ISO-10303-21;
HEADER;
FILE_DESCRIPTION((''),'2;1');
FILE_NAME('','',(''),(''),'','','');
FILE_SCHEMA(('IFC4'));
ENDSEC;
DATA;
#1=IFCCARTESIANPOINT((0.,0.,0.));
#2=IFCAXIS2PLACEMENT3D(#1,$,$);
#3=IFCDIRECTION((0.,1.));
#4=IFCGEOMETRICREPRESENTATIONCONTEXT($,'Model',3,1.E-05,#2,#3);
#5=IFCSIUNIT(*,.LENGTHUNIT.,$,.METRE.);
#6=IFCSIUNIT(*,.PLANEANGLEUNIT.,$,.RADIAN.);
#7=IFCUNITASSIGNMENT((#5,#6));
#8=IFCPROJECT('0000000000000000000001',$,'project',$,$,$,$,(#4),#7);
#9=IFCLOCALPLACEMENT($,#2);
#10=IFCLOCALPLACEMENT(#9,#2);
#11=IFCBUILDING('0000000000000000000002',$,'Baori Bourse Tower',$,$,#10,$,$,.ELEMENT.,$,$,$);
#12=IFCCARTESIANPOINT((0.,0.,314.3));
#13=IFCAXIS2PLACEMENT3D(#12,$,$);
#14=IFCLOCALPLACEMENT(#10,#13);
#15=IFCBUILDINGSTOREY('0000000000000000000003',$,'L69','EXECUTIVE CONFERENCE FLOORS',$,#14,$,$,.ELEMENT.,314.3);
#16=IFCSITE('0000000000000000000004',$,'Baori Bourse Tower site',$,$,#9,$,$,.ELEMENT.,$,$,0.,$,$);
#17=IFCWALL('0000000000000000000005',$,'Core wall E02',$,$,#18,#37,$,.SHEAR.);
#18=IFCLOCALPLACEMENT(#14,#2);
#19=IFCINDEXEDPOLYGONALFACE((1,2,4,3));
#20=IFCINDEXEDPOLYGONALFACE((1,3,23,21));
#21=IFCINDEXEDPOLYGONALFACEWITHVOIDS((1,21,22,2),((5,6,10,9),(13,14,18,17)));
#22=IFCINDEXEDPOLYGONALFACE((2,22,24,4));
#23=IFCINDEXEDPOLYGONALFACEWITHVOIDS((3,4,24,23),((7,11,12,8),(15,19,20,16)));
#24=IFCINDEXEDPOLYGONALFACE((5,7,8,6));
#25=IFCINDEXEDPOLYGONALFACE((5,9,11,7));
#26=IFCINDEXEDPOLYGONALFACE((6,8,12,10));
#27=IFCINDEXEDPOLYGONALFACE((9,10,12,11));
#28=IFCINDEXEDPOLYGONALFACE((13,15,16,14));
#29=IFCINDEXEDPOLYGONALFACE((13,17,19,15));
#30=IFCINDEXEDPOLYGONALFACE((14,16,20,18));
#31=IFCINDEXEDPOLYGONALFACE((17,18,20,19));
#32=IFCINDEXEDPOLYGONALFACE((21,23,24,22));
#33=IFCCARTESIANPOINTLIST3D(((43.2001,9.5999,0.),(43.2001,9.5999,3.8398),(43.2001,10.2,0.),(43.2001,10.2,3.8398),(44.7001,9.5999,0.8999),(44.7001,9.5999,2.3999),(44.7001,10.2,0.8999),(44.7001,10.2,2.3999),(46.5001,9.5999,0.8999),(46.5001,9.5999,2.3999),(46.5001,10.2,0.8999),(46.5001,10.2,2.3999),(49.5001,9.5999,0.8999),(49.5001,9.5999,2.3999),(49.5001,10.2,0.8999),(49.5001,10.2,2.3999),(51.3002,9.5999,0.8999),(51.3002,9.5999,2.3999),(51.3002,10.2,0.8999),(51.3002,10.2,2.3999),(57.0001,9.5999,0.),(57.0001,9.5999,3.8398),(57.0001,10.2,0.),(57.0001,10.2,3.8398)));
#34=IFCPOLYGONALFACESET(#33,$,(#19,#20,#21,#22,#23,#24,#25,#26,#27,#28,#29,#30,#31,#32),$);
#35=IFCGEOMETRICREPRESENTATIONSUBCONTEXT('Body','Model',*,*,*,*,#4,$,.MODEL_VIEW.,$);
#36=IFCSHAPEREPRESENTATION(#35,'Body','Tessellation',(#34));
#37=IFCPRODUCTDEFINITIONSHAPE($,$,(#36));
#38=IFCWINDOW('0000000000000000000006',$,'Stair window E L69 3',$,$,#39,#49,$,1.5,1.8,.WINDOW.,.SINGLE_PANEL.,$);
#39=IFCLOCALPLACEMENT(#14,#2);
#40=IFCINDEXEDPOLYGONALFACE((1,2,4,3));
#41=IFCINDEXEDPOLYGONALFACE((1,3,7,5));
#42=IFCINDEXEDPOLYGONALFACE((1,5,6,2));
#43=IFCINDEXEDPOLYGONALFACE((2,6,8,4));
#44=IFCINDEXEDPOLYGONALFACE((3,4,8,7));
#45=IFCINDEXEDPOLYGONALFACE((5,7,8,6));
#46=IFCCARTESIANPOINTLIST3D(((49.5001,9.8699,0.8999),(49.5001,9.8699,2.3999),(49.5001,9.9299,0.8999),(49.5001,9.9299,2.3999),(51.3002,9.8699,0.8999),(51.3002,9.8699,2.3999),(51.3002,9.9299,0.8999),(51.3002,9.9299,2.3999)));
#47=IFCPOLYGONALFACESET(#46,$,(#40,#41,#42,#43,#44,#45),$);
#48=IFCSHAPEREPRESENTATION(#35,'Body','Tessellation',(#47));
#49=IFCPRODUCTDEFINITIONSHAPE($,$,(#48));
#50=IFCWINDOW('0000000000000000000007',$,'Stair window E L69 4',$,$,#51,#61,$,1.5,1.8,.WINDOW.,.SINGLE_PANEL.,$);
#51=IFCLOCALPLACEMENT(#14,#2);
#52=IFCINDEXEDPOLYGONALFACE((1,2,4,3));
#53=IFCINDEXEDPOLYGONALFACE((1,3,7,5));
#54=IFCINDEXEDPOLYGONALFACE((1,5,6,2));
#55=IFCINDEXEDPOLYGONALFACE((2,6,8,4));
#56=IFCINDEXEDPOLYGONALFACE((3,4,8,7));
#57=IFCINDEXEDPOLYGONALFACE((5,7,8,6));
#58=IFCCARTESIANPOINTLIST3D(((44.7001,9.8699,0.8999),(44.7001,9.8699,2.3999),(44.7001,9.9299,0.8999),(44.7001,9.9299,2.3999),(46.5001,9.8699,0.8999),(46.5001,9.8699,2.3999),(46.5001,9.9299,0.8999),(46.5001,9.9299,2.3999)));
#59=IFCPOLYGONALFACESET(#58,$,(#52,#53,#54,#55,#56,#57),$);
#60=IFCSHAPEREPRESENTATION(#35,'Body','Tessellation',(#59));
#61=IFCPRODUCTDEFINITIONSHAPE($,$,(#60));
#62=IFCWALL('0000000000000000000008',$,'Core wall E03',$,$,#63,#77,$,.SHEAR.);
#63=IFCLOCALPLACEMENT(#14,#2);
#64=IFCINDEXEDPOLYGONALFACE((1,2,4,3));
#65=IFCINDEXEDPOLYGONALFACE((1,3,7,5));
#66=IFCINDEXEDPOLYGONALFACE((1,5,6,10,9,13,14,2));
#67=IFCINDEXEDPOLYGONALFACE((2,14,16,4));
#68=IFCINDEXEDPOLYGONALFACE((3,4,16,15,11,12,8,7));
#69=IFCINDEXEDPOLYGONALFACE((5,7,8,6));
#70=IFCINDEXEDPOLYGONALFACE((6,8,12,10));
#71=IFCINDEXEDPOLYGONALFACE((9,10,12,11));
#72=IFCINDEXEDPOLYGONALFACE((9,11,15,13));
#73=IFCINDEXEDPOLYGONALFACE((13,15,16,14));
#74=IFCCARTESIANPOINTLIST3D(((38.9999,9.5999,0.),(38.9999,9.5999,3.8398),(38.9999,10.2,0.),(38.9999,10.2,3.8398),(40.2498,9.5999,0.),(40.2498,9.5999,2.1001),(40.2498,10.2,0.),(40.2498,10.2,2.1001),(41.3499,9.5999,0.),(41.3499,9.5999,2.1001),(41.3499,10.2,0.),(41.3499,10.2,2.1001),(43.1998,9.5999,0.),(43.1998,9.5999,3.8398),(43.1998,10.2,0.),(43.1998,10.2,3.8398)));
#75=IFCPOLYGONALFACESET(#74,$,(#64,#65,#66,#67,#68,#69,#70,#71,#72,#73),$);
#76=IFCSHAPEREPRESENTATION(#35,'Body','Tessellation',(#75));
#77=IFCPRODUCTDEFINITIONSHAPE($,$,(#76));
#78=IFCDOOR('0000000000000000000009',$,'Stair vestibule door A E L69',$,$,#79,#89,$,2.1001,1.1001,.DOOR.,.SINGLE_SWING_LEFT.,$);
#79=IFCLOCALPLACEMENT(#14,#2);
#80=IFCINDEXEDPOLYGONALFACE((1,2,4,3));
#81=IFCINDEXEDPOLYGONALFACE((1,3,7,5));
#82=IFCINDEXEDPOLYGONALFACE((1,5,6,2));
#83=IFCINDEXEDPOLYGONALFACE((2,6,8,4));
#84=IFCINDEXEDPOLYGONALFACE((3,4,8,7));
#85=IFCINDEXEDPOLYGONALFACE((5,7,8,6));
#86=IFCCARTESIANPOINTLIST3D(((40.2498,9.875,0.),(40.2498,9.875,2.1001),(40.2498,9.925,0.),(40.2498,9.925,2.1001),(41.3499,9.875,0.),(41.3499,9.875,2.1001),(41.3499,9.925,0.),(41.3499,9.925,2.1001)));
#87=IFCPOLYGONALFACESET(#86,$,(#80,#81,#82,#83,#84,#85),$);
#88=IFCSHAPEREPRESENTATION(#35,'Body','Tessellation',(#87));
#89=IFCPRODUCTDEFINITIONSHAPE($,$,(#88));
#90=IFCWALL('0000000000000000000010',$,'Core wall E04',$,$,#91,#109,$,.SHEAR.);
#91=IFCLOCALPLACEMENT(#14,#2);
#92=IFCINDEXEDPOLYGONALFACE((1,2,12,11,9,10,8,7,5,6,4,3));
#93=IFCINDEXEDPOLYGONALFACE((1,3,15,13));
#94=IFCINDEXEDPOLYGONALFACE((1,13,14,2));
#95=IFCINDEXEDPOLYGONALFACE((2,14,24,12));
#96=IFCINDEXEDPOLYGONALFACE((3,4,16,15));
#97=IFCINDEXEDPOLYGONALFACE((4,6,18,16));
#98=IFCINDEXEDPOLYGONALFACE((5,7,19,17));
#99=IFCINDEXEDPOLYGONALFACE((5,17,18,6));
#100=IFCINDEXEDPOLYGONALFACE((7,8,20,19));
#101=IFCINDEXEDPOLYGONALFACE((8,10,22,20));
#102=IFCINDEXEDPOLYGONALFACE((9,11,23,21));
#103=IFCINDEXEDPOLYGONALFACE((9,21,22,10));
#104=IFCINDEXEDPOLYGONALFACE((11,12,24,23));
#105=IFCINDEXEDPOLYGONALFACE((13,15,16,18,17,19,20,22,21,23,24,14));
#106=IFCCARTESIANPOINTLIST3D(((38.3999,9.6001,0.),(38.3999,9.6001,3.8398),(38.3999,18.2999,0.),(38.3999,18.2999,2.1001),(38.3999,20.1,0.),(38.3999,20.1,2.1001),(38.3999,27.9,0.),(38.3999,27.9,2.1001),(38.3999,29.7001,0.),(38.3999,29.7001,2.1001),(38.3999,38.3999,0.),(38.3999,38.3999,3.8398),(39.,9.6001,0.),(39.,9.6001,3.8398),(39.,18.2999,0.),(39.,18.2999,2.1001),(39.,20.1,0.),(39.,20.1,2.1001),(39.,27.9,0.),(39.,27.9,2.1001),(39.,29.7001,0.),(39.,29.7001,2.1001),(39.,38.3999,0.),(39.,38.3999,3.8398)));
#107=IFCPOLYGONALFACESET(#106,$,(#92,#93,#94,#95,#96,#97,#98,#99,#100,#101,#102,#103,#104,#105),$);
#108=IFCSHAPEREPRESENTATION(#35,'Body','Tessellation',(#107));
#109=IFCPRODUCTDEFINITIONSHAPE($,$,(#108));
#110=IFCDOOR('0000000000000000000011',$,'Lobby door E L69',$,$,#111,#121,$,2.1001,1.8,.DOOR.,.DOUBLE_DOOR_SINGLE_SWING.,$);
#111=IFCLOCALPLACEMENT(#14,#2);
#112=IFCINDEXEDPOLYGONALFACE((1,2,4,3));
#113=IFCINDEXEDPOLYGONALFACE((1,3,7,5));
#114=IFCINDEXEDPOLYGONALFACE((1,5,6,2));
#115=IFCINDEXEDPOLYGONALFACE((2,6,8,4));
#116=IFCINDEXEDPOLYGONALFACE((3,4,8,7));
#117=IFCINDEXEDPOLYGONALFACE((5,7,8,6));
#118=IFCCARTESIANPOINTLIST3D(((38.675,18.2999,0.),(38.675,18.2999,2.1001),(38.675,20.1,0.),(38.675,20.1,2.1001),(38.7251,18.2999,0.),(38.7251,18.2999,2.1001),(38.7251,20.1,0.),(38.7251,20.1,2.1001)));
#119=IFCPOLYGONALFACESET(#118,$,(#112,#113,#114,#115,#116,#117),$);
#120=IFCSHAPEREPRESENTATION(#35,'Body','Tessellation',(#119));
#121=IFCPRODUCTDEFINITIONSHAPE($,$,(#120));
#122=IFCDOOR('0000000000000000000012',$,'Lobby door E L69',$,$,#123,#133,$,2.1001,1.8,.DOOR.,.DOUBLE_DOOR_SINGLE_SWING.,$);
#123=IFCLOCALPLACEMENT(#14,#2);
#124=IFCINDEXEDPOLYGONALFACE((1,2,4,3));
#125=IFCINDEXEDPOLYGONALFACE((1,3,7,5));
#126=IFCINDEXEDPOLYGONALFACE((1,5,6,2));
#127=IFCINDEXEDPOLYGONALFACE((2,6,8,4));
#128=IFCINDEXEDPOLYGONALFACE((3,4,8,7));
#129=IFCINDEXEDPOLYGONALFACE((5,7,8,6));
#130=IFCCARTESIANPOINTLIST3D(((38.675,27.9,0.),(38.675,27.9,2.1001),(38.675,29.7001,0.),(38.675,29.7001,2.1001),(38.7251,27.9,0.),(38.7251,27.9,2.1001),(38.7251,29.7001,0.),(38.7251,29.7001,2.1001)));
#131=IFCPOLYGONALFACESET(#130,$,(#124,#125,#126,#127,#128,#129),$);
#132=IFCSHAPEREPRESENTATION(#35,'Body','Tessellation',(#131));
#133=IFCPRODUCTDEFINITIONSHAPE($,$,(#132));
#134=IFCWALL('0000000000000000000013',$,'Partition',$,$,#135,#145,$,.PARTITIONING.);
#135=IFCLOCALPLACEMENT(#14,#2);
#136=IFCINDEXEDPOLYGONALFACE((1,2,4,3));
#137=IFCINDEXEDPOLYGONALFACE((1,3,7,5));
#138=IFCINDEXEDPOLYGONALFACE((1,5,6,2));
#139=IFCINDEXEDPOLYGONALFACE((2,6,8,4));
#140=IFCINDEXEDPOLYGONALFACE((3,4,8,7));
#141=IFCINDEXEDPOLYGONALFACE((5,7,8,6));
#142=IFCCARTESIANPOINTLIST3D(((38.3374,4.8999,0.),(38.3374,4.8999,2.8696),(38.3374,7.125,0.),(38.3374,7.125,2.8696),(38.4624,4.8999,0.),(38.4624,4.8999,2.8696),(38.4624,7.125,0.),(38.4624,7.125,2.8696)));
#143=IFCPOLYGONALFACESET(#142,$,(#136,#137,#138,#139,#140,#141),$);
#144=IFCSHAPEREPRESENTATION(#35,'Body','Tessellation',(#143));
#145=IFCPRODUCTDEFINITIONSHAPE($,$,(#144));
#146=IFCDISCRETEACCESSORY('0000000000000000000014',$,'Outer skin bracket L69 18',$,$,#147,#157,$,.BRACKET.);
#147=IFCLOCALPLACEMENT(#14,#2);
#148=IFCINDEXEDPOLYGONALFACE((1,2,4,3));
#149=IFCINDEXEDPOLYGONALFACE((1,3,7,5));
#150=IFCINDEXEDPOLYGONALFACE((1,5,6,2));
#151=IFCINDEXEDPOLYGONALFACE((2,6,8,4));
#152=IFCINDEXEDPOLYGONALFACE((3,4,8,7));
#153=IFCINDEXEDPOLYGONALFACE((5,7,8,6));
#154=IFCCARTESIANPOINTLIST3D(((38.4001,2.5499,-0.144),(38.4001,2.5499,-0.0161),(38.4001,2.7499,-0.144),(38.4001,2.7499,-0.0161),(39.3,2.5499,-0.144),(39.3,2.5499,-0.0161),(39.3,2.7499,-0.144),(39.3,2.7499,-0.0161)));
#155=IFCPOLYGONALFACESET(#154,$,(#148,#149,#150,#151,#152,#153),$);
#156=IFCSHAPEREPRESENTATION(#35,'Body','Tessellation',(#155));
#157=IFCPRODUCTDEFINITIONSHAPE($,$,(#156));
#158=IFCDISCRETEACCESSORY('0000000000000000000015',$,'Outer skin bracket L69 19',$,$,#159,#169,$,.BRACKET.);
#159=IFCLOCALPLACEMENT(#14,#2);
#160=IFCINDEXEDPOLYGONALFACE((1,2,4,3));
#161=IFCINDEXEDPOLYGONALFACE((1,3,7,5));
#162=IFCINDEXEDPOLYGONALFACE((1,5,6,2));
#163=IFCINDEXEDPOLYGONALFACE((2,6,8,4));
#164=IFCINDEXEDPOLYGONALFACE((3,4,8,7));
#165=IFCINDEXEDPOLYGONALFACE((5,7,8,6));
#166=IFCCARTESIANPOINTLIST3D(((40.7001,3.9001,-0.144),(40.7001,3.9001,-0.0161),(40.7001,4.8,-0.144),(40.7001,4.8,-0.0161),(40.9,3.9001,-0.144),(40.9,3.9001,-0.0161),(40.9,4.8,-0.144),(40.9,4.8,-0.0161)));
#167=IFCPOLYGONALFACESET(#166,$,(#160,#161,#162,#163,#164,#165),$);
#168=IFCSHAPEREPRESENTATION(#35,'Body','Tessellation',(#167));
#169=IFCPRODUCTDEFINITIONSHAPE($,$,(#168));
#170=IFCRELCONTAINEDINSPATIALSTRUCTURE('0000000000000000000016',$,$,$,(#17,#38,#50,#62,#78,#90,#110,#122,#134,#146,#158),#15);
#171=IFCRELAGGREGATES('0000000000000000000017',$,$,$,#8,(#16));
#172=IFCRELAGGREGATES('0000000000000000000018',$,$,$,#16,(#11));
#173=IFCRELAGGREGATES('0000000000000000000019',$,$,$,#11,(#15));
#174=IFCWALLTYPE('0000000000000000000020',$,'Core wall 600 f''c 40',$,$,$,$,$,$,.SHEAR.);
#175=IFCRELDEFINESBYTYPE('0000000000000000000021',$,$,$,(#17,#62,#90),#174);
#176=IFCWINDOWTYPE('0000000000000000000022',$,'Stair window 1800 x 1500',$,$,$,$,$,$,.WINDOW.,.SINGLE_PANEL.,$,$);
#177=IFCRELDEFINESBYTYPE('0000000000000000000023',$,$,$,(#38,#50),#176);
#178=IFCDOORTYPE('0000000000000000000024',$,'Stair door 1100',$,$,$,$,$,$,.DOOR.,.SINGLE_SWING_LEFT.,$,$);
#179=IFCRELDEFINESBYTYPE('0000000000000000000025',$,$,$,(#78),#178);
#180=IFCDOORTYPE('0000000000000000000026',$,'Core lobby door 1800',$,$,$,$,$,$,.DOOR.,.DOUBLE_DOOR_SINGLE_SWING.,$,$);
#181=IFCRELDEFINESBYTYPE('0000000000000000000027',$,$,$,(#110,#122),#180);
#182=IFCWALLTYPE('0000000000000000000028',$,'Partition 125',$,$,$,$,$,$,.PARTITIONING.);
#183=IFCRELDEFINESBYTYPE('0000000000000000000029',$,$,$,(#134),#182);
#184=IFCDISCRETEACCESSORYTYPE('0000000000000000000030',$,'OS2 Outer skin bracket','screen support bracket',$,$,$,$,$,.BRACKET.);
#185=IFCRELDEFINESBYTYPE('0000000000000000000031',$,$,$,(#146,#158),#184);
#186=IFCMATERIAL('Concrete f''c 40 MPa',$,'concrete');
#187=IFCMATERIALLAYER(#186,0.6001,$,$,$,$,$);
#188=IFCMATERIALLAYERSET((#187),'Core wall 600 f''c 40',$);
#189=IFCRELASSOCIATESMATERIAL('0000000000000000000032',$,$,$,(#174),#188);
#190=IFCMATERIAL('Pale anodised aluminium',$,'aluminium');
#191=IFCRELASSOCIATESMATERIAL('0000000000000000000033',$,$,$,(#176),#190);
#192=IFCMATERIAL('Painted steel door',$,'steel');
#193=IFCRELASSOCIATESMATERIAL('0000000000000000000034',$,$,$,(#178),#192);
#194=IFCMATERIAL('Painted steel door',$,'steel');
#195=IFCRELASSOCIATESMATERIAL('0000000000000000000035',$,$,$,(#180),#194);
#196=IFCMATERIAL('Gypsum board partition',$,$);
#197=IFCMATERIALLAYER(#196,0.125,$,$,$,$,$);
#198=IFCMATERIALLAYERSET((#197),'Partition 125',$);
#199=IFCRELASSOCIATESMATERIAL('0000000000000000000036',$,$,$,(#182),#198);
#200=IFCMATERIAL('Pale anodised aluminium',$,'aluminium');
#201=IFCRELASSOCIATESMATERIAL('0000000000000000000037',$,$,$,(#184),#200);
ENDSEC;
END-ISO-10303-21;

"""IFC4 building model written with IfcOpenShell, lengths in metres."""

from ifc_helpers import new_model, si_unit, direction, frame, frame_2d, origin, origin_2d, place, context, subcontext, project, spatial, rectangle, extrude, material, layer, layer_set, type_object, element, fill, save


model = new_model("IFC4")

# Units and contexts
model_context = context("Model", 3, precision=1e-05, world=origin(), true_north=direction((0.0, 1.0)))
body_context = subcontext(model_context, "Body", "Model", "MODEL_VIEW")
ifc_project = project(units=[si_unit("LENGTHUNIT", "METRE"), si_unit("PLANEANGLEUNIT", "RADIAN")], contexts=[model_context])

# Site, building, storey
site_placement = place(None, origin())
site = spatial("IfcSite", under=ifc_project, at=site_placement, Name="Baori Bourse Tower site", CompositionType="ELEMENT", RefElevation=0.0)
building_placement = place(site_placement, origin())
building = spatial("IfcBuilding", under=site, at=building_placement, Name="Baori Bourse Tower", CompositionType="ELEMENT")
storey_placement = place(building_placement, frame((0.0, 0.0, 314.3)))
storey = spatial("IfcBuildingStorey", under=building, at=storey_placement, Name="L69", Description="EXECUTIVE CONFERENCE FLOORS", CompositionType="ELEMENT", Elevation=314.3)

# Wall, openings, windows
ifc_material_1 = material(Name="Concrete f'c 40 MPa", Category="concrete")
ifc_layer_1 = layer(ifc_material_1, 0.6001)
ifc_layer_set_1 = layer_set([ifc_layer_1], Name="Core wall 600 f'c 40")
wall_type_1 = type_object("IfcWallType", Name="Core wall 600 f'c 40", PredefinedType="SHEAR", material=ifc_layer_set_1)
wall_1_placement = place(storey_placement, frame((57.0, 9.8999, 0.0), z_axis=(0.0, 0.0, 1.0), x_axis=(-1.0, 0.0, 0.0)))
wall_1 = element("IfcWall", 1, at=wall_1_placement, inside=storey, type_object=wall_type_1, Name="Core wall E02", PredefinedType="SHEAR", context=body_context, shape_type="SweptSolid", body=[
    extrude(rectangle(XDim=13.8, YDim=0.6001, at=frame_2d((6.8999, 0.0))), origin(), (0.0, 0.0, 1.0), 3.8398),
])
opening_1_placement = place(wall_1_placement, frame((5.7, 0.0, 0.8999)))
opening_1 = element("IfcOpeningElement", 2, at=opening_1_placement, cuts=wall_1, PredefinedType="OPENING", context=body_context, shape_type="SweptSolid", body=[
    extrude(rectangle(XDim=1.8, YDim=1.5, at=frame_2d((0.8999, 0.75))), frame((0.0, 0.3101, 0.0), z_axis=(0.0, -1.0, 0.0), x_axis=(1.0, 0.0, 0.0)), (0.0, 0.0, 1.0), 0.6201),
])
opening_2_placement = place(wall_1_placement, frame((10.5, 0.0, 0.8999)))
opening_2 = element("IfcOpeningElement", 3, at=opening_2_placement, cuts=wall_1, PredefinedType="OPENING", context=body_context, shape_type="SweptSolid", body=[
    extrude(rectangle(XDim=1.8, YDim=1.5, at=frame_2d((0.8999, 0.75))), frame((0.0, 0.3101, 0.0), z_axis=(0.0, -1.0, 0.0), x_axis=(1.0, 0.0, 0.0)), (0.0, 0.0, 1.0), 0.6201),
])
ifc_material_2 = material(Name="Pale anodised aluminium", Category="aluminium")
window_type = type_object("IfcWindowType", Name="Stair window 1800 x 1500", PartitioningType="SINGLE_PANEL", PredefinedType="WINDOW", material=ifc_material_2)
window_1_placement = place(opening_1_placement, origin())
window_1 = element("IfcWindow", 4, at=window_1_placement, inside=storey, type_object=window_type, Name="Stair window E L69 3", OverallHeight=1.5, OverallWidth=1.8, PartitioningType="SINGLE_PANEL", PredefinedType="WINDOW", context=body_context, shape_type="SweptSolid", body=[
    extrude(rectangle(XDim=1.8, YDim=1.5, at=frame_2d((0.8999, 0.75))), frame((0.0, 0.03, 0.0), z_axis=(0.0, -1.0, 0.0), x_axis=(1.0, 0.0, 0.0)), (0.0, 0.0, 1.0), 0.0601),
])
fill(opening_1, window_1)
window_2_placement = place(opening_2_placement, origin())
window_2 = element("IfcWindow", 5, at=window_2_placement, inside=storey, type_object=window_type, Name="Stair window E L69 4", OverallHeight=1.5, OverallWidth=1.8, PartitioningType="SINGLE_PANEL", PredefinedType="WINDOW", context=body_context, shape_type="SweptSolid", body=[
    extrude(rectangle(XDim=1.8, YDim=1.5, at=frame_2d((0.8999, 0.75))), frame((0.0, 0.03, 0.0), z_axis=(0.0, -1.0, 0.0), x_axis=(1.0, 0.0, 0.0)), (0.0, 0.0, 1.0), 0.0601),
])
fill(opening_2, window_2)

# Wall, opening, door
wall_2_placement = place(storey_placement, frame((43.2, 9.8999, 0.0), z_axis=(0.0, 0.0, 1.0), x_axis=(-1.0, 0.0, 0.0)))
wall_2 = element("IfcWall", 6, at=wall_2_placement, inside=storey, type_object=wall_type_1, Name="Core wall E03", PredefinedType="SHEAR", context=body_context, shape_type="SweptSolid", body=[
    extrude(rectangle(XDim=4.2, YDim=0.6001, at=frame_2d((2.1001, 0.0))), origin(), (0.0, 0.0, 1.0), 3.8398),
])
opening_3_placement = place(wall_2_placement, frame((1.8501, 0.0, 0.0)))
opening_3 = element("IfcOpeningElement", 7, at=opening_3_placement, cuts=wall_2, PredefinedType="OPENING", context=body_context, shape_type="SweptSolid", body=[
    extrude(rectangle(XDim=1.1001, YDim=2.1001, at=frame_2d((0.55, 1.05))), frame((0.0, 0.3101, 0.0), z_axis=(0.0, -1.0, 0.0), x_axis=(1.0, 0.0, 0.0)), (0.0, 0.0, 1.0), 0.6201),
])
ifc_material_3 = material(Name="Painted steel door", Category="steel")
door_type_1 = type_object("IfcDoorType", Name="Stair door 1100", OperationType="SINGLE_SWING_LEFT", PredefinedType="DOOR", material=ifc_material_3)
door_1_placement = place(opening_3_placement, origin())
door_1 = element("IfcDoor", 8, at=door_1_placement, inside=storey, type_object=door_type_1, Name="Stair vestibule door A E L69", OperationType="SINGLE_SWING_LEFT", OverallHeight=2.1001, OverallWidth=1.1001, PredefinedType="DOOR", context=body_context, shape_type="SweptSolid", body=[
    extrude(rectangle(XDim=1.1001, YDim=2.1001, at=frame_2d((0.55, 1.05))), frame((0.0, 0.0249, 0.0), z_axis=(0.0, -1.0, 0.0), x_axis=(1.0, 0.0, 0.0)), (0.0, 0.0, 1.0), 0.05),
])
fill(opening_3, door_1)

# Wall, openings, doors
wall_3_placement = place(storey_placement, frame((38.7, 9.6001, 0.0), z_axis=(0.0, 0.0, 1.0), x_axis=(0.0, 1.0, 0.0)))
wall_3 = element("IfcWall", 9, at=wall_3_placement, inside=storey, type_object=wall_type_1, Name="Core wall E04", PredefinedType="SHEAR", context=body_context, shape_type="SweptSolid", body=[
    extrude(rectangle(XDim=28.7998, YDim=0.6001, at=frame_2d((14.3999, 0.0))), origin(), (0.0, 0.0, 1.0), 3.8398),
])
opening_4_placement = place(wall_3_placement, frame((8.7, 0.0, 0.0)))
opening_4 = element("IfcOpeningElement", 10, at=opening_4_placement, cuts=wall_3, PredefinedType="OPENING", context=body_context, shape_type="SweptSolid", body=[
    extrude(rectangle(XDim=1.8, YDim=2.1001, at=frame_2d((0.8999, 1.05))), frame((0.0, 0.3101, 0.0), z_axis=(0.0, -1.0, 0.0), x_axis=(1.0, 0.0, 0.0)), (0.0, 0.0, 1.0), 0.6201),
])
opening_5_placement = place(wall_3_placement, frame((18.3, 0.0, 0.0)))
opening_5 = element("IfcOpeningElement", 11, at=opening_5_placement, cuts=wall_3, PredefinedType="OPENING", context=body_context, shape_type="SweptSolid", body=[
    extrude(rectangle(XDim=1.8, YDim=2.1001, at=frame_2d((0.8999, 1.05))), frame((0.0, 0.3101, 0.0), z_axis=(0.0, -1.0, 0.0), x_axis=(1.0, 0.0, 0.0)), (0.0, 0.0, 1.0), 0.6201),
])
ifc_material_4 = material(Name="Painted steel door", Category="steel")
door_type_2 = type_object("IfcDoorType", Name="Core lobby door 1800", OperationType="DOUBLE_DOOR_SINGLE_SWING", PredefinedType="DOOR", material=ifc_material_4)
door_2_placement = place(opening_4_placement, origin())
door_2 = element("IfcDoor", 12, at=door_2_placement, inside=storey, type_object=door_type_2, Name="Lobby door E L69", OperationType="DOUBLE_DOOR_SINGLE_SWING", OverallHeight=2.1001, OverallWidth=1.8, PredefinedType="DOOR", context=body_context, shape_type="SweptSolid", body=[
    extrude(rectangle(XDim=1.8, YDim=2.1001, at=frame_2d((0.8999, 1.05))), frame((0.0, 0.0249, 0.0), z_axis=(0.0, -1.0, 0.0), x_axis=(1.0, 0.0, 0.0)), (0.0, 0.0, 1.0), 0.05),
])
fill(opening_4, door_2)
door_3_placement = place(opening_5_placement, origin())
door_3 = element("IfcDoor", 13, at=door_3_placement, inside=storey, type_object=door_type_2, Name="Lobby door E L69", OperationType="DOUBLE_DOOR_SINGLE_SWING", OverallHeight=2.1001, OverallWidth=1.8, PredefinedType="DOOR", context=body_context, shape_type="SweptSolid", body=[
    extrude(rectangle(XDim=1.8, YDim=2.1001, at=frame_2d((0.8999, 1.05))), frame((0.0, 0.0249, 0.0), z_axis=(0.0, -1.0, 0.0), x_axis=(1.0, 0.0, 0.0)), (0.0, 0.0, 1.0), 0.05),
])
fill(opening_5, door_3)

# Wall
ifc_material_5 = material(Name="Gypsum board partition")
ifc_layer_2 = layer(ifc_material_5, 0.125)
ifc_layer_set_2 = layer_set([ifc_layer_2], Name="Partition 125")
wall_type_2 = type_object("IfcWallType", Name="Partition 125", PredefinedType="PARTITIONING", material=ifc_layer_set_2)
wall_4_placement = place(storey_placement, frame((38.3999, 4.8999, 0.0), z_axis=(0.0, 0.0, 1.0), x_axis=(0.0, 1.0, 0.0)))
element("IfcWall", 14, at=wall_4_placement, inside=storey, type_object=wall_type_2, Name="Partition", PredefinedType="PARTITIONING", context=body_context, shape_type="SweptSolid", body=[
    extrude(rectangle(XDim=2.2251, YDim=0.125, at=frame_2d((1.1125, 0.0))), origin(), (0.0, 0.0, 1.0), 2.8696),
])

# Discrete accessories
ifc_material_6 = material(Name="Pale anodised aluminium", Category="aluminium")
discrete_accessory_type = type_object("IfcDiscreteAccessoryType", Name="OS2 Outer skin bracket", Description="screen support bracket", PredefinedType="BRACKET", material=ifc_material_6)
for number, where, z_axis, x_axis, name in (
    (15, (38.8501, 2.6499, -0.144), (0.0, 0.0, 1.0), (0.0, 1.0, 0.0), "Outer skin bracket L69 18"),
    (16, (40.8, 4.3501, -0.144), (0.0, 0.0, 1.0), (1.0, 0.0, 0.0), "Outer skin bracket L69 19"),
):
    element("IfcDiscreteAccessory", number, at=place(storey_placement, frame(where, z_axis=z_axis, x_axis=x_axis)), inside=storey, type_object=discrete_accessory_type, Name=name, PredefinedType="BRACKET", context=body_context, shape_type="SweptSolid", body=[
        extrude(rectangle(XDim=0.2, YDim=0.8999, at=origin_2d()), origin(), (0.0, 0.0, 1.0), 0.1279),
    ])

save(model, "model.ifc")
